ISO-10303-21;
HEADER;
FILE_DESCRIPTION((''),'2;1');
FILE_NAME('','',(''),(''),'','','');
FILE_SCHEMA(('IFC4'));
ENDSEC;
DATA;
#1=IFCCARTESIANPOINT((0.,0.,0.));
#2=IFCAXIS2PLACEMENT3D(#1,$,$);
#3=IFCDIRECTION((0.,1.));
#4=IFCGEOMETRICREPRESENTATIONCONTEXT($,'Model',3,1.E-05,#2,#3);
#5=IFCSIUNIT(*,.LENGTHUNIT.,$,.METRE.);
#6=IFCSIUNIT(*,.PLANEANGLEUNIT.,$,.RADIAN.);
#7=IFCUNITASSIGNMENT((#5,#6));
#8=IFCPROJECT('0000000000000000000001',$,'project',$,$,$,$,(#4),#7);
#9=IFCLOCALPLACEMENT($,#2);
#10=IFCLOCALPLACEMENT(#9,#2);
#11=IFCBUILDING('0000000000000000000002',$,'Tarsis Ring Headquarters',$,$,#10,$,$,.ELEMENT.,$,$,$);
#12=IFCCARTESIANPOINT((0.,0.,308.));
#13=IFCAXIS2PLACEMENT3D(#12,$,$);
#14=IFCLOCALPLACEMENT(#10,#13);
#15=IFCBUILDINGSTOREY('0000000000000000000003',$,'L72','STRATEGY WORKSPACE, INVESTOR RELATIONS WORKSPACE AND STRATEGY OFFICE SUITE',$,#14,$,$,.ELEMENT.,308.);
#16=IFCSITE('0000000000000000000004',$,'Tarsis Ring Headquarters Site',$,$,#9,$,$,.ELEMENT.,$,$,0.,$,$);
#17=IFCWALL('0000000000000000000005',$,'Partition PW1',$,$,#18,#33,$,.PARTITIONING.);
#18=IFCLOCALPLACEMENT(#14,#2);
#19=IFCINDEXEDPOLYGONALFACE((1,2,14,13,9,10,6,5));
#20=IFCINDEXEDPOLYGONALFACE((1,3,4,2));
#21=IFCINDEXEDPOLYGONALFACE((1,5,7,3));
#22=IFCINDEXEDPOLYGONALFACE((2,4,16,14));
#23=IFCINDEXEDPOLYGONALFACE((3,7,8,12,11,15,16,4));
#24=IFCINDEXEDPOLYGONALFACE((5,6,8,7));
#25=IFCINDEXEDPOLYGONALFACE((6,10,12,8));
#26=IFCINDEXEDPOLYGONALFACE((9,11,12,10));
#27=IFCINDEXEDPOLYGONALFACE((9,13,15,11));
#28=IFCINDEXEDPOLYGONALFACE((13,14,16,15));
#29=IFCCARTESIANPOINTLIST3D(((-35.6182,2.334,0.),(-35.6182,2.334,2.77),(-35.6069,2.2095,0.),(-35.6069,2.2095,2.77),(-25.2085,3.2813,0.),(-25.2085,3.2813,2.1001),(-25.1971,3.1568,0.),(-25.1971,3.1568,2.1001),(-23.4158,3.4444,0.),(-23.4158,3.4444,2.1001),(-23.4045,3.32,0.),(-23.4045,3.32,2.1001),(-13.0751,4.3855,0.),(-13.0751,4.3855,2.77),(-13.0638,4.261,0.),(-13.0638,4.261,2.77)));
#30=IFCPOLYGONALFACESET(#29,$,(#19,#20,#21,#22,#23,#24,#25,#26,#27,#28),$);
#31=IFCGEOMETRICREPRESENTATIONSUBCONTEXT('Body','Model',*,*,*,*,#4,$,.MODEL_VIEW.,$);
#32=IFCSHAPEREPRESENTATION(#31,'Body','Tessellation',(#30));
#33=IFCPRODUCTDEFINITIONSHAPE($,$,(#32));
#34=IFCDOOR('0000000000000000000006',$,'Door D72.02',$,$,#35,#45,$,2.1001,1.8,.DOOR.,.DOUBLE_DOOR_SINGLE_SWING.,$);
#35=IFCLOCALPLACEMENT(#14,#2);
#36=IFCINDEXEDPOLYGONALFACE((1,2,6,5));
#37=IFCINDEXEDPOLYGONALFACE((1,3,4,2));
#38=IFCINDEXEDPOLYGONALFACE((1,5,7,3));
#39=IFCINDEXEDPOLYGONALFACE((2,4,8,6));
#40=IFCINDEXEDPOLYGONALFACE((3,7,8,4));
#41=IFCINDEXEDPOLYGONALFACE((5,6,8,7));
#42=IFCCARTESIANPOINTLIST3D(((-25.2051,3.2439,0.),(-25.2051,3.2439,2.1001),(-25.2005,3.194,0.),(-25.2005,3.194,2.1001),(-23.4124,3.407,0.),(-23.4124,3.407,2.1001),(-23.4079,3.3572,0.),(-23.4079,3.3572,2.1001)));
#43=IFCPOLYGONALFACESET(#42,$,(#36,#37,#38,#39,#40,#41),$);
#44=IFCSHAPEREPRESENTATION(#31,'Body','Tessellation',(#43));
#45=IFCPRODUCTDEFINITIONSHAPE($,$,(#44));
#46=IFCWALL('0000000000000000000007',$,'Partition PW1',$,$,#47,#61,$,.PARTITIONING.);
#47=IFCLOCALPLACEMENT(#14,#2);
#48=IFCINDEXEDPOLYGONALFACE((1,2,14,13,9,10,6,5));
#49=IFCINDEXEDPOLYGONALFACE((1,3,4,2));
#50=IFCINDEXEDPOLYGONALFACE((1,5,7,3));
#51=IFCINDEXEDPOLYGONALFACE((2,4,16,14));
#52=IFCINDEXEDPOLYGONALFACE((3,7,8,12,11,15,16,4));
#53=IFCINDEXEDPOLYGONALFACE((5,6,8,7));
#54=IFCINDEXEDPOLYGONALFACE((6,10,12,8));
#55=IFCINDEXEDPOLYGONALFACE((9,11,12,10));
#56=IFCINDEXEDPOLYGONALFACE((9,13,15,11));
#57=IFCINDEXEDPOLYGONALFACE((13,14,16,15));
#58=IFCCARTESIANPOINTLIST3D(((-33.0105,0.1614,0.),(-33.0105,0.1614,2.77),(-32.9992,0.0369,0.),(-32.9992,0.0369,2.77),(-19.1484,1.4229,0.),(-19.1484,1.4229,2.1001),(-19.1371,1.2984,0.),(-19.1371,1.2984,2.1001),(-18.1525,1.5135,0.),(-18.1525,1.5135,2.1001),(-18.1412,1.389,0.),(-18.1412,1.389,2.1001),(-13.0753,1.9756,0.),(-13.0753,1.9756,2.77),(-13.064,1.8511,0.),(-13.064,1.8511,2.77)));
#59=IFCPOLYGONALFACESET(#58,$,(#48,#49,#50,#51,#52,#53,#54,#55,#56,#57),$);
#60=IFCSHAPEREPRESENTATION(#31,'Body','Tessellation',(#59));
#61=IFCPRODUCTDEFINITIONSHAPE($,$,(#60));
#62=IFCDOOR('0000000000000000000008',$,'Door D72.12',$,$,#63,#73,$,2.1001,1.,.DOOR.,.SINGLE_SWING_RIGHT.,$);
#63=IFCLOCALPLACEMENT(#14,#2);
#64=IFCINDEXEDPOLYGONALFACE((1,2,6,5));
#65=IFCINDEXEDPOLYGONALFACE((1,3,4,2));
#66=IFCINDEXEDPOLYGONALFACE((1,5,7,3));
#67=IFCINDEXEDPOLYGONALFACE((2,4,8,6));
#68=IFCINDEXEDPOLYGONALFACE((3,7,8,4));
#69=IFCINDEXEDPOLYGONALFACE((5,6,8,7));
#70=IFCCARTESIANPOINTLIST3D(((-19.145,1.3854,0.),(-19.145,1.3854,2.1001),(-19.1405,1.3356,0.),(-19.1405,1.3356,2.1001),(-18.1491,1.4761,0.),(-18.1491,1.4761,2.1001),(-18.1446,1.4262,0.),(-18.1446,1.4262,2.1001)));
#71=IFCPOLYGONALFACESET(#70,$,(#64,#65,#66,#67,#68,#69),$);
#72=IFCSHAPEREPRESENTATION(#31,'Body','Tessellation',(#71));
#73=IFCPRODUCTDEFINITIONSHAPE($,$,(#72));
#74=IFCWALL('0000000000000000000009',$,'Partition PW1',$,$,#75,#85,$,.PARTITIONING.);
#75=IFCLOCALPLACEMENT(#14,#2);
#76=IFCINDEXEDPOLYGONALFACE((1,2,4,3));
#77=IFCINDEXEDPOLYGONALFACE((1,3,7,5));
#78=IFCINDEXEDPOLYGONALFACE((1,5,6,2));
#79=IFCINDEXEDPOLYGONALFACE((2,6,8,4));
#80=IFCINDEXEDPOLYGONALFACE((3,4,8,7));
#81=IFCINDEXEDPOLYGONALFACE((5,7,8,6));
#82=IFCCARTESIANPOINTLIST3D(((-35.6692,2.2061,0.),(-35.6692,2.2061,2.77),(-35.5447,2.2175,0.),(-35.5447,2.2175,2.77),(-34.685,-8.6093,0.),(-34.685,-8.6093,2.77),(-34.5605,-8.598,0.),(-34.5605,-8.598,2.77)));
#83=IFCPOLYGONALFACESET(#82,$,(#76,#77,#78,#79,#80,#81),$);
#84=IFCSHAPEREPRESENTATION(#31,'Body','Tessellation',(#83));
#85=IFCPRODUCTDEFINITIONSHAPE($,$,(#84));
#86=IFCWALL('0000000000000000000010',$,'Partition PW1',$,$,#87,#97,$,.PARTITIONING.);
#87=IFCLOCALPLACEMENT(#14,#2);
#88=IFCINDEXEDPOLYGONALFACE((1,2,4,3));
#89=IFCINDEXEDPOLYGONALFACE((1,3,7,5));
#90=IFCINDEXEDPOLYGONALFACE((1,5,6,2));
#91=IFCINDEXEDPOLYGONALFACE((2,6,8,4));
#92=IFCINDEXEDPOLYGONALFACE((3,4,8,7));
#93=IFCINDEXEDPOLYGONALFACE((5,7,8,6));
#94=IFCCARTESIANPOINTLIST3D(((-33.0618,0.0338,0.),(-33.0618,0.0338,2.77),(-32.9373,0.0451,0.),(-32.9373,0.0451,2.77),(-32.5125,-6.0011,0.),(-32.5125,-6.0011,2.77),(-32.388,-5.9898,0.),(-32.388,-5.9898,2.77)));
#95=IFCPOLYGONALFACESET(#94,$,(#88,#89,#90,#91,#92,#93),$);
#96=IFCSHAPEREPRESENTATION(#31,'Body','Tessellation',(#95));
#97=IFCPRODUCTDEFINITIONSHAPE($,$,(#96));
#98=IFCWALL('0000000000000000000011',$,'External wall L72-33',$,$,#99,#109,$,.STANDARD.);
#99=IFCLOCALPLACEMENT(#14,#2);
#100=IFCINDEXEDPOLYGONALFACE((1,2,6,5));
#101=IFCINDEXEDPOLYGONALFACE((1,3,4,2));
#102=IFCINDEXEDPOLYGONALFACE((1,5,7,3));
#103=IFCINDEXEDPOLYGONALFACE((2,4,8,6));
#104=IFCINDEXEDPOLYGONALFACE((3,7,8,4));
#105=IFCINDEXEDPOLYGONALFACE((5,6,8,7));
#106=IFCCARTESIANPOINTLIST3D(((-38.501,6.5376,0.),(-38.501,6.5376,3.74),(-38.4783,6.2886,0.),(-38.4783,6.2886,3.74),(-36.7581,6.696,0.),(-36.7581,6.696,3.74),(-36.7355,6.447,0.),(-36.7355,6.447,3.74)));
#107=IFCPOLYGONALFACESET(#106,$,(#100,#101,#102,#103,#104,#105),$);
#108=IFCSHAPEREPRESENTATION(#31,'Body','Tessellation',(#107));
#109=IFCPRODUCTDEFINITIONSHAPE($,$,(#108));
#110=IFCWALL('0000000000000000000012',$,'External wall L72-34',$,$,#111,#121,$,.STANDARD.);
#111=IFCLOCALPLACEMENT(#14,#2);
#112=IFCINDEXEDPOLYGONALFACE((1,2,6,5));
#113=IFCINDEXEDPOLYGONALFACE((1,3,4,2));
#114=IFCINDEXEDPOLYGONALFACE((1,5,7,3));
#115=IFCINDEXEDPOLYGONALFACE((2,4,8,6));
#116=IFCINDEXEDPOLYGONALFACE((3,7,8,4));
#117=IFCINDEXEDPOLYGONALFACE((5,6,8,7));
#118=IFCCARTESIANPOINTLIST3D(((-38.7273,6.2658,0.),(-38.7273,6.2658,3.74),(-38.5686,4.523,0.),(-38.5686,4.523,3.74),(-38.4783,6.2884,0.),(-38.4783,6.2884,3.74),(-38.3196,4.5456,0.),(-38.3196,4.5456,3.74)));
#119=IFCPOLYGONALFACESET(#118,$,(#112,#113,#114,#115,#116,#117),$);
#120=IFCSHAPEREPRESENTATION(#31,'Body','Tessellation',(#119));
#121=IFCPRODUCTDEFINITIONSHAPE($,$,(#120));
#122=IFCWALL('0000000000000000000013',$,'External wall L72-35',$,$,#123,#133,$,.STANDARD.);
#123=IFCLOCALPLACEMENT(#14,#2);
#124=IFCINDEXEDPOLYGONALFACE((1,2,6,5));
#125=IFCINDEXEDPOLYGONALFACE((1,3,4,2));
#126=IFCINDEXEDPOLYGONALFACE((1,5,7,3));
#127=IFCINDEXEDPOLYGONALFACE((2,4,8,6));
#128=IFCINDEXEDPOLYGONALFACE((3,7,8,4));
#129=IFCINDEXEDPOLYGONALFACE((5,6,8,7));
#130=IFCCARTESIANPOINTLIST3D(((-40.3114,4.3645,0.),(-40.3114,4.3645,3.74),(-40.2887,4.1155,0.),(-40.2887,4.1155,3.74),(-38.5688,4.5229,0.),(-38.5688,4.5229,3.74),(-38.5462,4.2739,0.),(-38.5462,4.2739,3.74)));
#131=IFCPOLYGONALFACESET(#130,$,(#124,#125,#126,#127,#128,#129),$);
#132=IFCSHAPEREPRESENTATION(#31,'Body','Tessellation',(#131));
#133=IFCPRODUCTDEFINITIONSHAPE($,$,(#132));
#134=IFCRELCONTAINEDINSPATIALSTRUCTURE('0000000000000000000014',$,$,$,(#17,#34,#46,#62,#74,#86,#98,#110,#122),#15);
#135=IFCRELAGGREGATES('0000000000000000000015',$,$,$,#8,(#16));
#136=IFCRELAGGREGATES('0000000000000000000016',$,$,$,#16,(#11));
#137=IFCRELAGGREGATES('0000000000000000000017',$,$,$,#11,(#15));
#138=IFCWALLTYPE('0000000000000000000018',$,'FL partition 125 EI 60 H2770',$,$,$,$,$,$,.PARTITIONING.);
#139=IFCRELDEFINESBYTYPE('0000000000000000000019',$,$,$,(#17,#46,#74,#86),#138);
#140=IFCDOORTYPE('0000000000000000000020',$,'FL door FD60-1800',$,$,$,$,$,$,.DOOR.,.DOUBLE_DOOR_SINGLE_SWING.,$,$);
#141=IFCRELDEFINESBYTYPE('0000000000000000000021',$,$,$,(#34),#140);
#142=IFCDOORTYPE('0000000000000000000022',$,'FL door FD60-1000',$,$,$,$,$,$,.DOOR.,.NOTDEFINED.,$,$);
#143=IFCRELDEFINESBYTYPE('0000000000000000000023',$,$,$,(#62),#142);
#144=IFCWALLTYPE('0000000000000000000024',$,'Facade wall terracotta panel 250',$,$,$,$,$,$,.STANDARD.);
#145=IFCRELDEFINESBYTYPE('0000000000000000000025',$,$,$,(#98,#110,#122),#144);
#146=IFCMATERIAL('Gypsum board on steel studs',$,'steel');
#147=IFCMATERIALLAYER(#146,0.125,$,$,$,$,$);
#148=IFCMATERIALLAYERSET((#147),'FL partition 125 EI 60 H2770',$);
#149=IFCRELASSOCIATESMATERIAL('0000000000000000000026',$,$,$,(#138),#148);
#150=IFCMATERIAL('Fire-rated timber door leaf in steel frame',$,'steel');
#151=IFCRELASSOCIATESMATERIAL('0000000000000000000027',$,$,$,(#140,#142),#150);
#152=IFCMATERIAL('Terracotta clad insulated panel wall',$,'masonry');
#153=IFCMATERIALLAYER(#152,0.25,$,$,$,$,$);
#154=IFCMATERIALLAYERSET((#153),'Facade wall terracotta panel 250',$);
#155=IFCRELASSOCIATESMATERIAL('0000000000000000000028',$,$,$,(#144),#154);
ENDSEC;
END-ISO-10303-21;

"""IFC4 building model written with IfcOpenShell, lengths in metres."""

from ifc_helpers import new_model, si_unit, direction, frame, frame_2d, origin, place, context, subcontext, project, spatial, rectangle, extrude, material, layer, layer_set, type_object, element, fill, save


model = new_model("IFC4")

# Units and contexts
model_context = context("Model", 3, precision=1e-05, world=origin(), true_north=direction((0.0, 1.0)))
body_context = subcontext(model_context, "Body", "Model", "MODEL_VIEW")
ifc_project = project(units=[si_unit("LENGTHUNIT", "METRE"), si_unit("PLANEANGLEUNIT", "RADIAN")], contexts=[model_context])

# Site, building, storey
site_placement = place(None, origin())
site = spatial("IfcSite", under=ifc_project, at=site_placement, Name="Tarsis Ring Headquarters Site", CompositionType="ELEMENT", RefElevation=0.0)
building_placement = place(site_placement, origin())
building = spatial("IfcBuilding", under=site, at=building_placement, Name="Tarsis Ring Headquarters", CompositionType="ELEMENT")
storey_placement = place(building_placement, frame((0.0, 0.0, 308.0)))
storey = spatial("IfcBuildingStorey", under=building, at=storey_placement, Name="L72", Description="STRATEGY WORKSPACE, INVESTOR RELATIONS WORKSPACE AND STRATEGY OFFICE SUITE", CompositionType="ELEMENT", Elevation=308.0)

# Shared definitions
ifc_material_1 = material(Name="Gypsum board on steel studs", Category="steel")

# Walls, openings, doors
ifc_layer_1 = layer(ifc_material_1, 0.125)
ifc_layer_set_1 = layer_set([ifc_layer_1], Name="FL partition 125 EI 60 H2770")
wall_type_1 = type_object("IfcWallType", Name="FL partition 125 EI 60 H2770", PredefinedType="PARTITIONING", material=ifc_layer_set_1)
wall_1_placement = place(storey_placement, frame((-35.6125, 2.2717, 0.0), z_axis=(0.0, 0.0, 1.0), x_axis=(0.995885, 0.09063, 0.0)))
wall_1 = element("IfcWall", 1, at=wall_1_placement, inside=storey, type_object=wall_type_1, Name="Partition PW1", PredefinedType="PARTITIONING", context=body_context, shape_type="SweptSolid", body=[
    extrude(rectangle(XDim=22.6362, YDim=0.125, at=frame_2d((11.3181, 0.0))), origin(), (0.0, 0.0, 1.0), 2.77),
])
opening_1_placement = place(wall_1_placement, frame((10.4529, 0.0, 0.0)))
opening_1 = element("IfcOpeningElement", 2, at=opening_1_placement, cuts=wall_1, PredefinedType="OPENING", context=body_context, shape_type="SweptSolid", body=[
    extrude(rectangle(XDim=1.8, YDim=2.1001, at=frame_2d((0.8999, 1.05))), frame((0.0, 0.0725, 0.0), z_axis=(0.0, -1.0, 0.0), x_axis=(1.0, 0.0, 0.0)), (0.0, 0.0, 1.0), 0.145),
])
ifc_material_2 = material(Name="Fire-rated timber door leaf in steel frame", Category="steel")
door_type_1 = type_object("IfcDoorType", Name="FL door FD60-1800", OperationType="DOUBLE_DOOR_SINGLE_SWING", PredefinedType="DOOR", material=ifc_material_2)
door_1_placement = place(opening_1_placement, origin())
door_1 = element("IfcDoor", 3, at=door_1_placement, inside=storey, type_object=door_type_1, Name="Door D72.02", OperationType="DOUBLE_DOOR_SINGLE_SWING", OverallHeight=2.1001, OverallWidth=1.8, PredefinedType="DOOR", context=body_context, shape_type="SweptSolid", body=[
    extrude(rectangle(XDim=1.8, YDim=2.1001, at=frame_2d((0.8999, 1.05))), frame((0.0, 0.0249, 0.0), z_axis=(0.0, -1.0, 0.0), x_axis=(1.0, 0.0, 0.0)), (0.0, 0.0, 1.0), 0.05),
])
fill(opening_1, door_1)
wall_2_placement = place(storey_placement, frame((-33.0049, 0.0991, 0.0), z_axis=(0.0, 0.0, 1.0), x_axis=(0.995885, 0.09063, 0.0)))
wall_2 = element("IfcWall", 4, at=wall_2_placement, inside=storey, type_object=wall_type_1, Name="Partition PW1", PredefinedType="PARTITIONING", context=body_context, shape_type="SweptSolid", body=[
    extrude(rectangle(XDim=20.0176, YDim=0.125, at=frame_2d((10.0088, 0.0))), origin(), (0.0, 0.0, 1.0), 2.77),
])
opening_2_placement = place(wall_2_placement, frame((13.9194, 0.0, 0.0)))
opening_2 = element("IfcOpeningElement", 5, at=opening_2_placement, cuts=wall_2, PredefinedType="OPENING", context=body_context, shape_type="SweptSolid", body=[
    extrude(rectangle(XDim=1.0, YDim=2.1001, at=frame_2d((0.5, 1.05))), frame((0.0, 0.0725, 0.0), z_axis=(0.0, -1.0, 0.0), x_axis=(1.0, 0.0, 0.0)), (0.0, 0.0, 1.0), 0.145),
])
door_type_2 = type_object("IfcDoorType", Name="FL door FD60-1000", OperationType="NOTDEFINED", PredefinedType="DOOR", material=ifc_material_2)
door_2_placement = place(opening_2_placement, origin())
door_2 = element("IfcDoor", 6, at=door_2_placement, inside=storey, type_object=door_type_2, Name="Door D72.12", OperationType="SINGLE_SWING_RIGHT", OverallHeight=2.1001, OverallWidth=1.0, PredefinedType="DOOR", context=body_context, shape_type="SweptSolid", body=[
    extrude(rectangle(XDim=1.0, YDim=2.1001, at=frame_2d((0.5, 1.05))), frame((0.0, 0.0249, 0.0), z_axis=(0.0, -1.0, 0.0), x_axis=(1.0, 0.0, 0.0)), (0.0, 0.0, 1.0), 0.05),
])
fill(opening_2, door_2)

# Walls
wall_3_placement = place(storey_placement, frame((-35.6069, 2.2119, 0.0), z_axis=(0.0, 0.0, 1.0), x_axis=(0.090619, -0.995886, 0.0)))
element("IfcWall", 7, at=wall_3_placement, inside=storey, type_object=wall_type_1, Name="Partition PW1", PredefinedType="PARTITIONING", context=body_context, shape_type="SweptSolid", body=[
    extrude(rectangle(XDim=10.8601, YDim=0.125, at=frame_2d((5.4302, 0.0))), origin(), (0.0, 0.0, 1.0), 2.77),
])
wall_4_placement = place(storey_placement, frame((-32.9995, 0.0393, 0.0), z_axis=(0.0, 0.0, 1.0), x_axis=(0.090648, -0.995883, 0.0)))
element("IfcWall", 8, at=wall_4_placement, inside=storey, type_object=wall_type_1, Name="Partition PW1", PredefinedType="PARTITIONING", context=body_context, shape_type="SweptSolid", body=[
    extrude(rectangle(XDim=6.0598, YDim=0.125, at=frame_2d((3.0298, 0.0))), origin(), (0.0, 0.0, 1.0), 2.77),
])
ifc_material_3 = material(Name="Terracotta clad insulated panel wall", Category="masonry")
ifc_layer_2 = layer(ifc_material_3, 0.25)
ifc_layer_set_2 = layer_set([ifc_layer_2], Name="Facade wall terracotta panel 250")
wall_type_2 = type_object("IfcWallType", Name="Facade wall terracotta panel 250", PredefinedType="STANDARD", material=ifc_layer_set_2)
for number, where, z_axis, x_axis, name in (
    (9, (-36.7468, 6.5715, 0.0), (0.0, 0.0, 1.0), (-0.995893, -0.090536, 0.0), "External wall L72-33"),
    (10, (-38.6028, 6.2771, 0.0), (0.0, 0.0, 1.0), (0.090687, -0.995879, 0.0), "External wall L72-34"),
):
    element("IfcWall", number, at=place(storey_placement, frame(where, z_axis=z_axis, x_axis=x_axis)), inside=storey, type_object=wall_type_2, Name=name, PredefinedType="STANDARD", context=body_context, shape_type="SweptSolid", body=[
        extrude(rectangle(XDim=1.75, YDim=0.25, at=frame_2d((0.875, 0.0))), origin(), (0.0, 0.0, 1.0), 3.74),
    ])
wall_5_placement = place(storey_placement, frame((-38.5574, 4.3984, 0.0), z_axis=(0.0, 0.0, 1.0), x_axis=(-0.995892, -0.090548, 0.0)))
element("IfcWall", 11, at=wall_5_placement, inside=storey, type_object=wall_type_2, Name="External wall L72-35", PredefinedType="STANDARD", context=body_context, shape_type="SweptSolid", body=[
    extrude(rectangle(XDim=1.7498, YDim=0.25, at=frame_2d((0.875, 0.0))), origin(), (0.0, 0.0, 1.0), 3.74),
])

save(model, "model.ifc")
